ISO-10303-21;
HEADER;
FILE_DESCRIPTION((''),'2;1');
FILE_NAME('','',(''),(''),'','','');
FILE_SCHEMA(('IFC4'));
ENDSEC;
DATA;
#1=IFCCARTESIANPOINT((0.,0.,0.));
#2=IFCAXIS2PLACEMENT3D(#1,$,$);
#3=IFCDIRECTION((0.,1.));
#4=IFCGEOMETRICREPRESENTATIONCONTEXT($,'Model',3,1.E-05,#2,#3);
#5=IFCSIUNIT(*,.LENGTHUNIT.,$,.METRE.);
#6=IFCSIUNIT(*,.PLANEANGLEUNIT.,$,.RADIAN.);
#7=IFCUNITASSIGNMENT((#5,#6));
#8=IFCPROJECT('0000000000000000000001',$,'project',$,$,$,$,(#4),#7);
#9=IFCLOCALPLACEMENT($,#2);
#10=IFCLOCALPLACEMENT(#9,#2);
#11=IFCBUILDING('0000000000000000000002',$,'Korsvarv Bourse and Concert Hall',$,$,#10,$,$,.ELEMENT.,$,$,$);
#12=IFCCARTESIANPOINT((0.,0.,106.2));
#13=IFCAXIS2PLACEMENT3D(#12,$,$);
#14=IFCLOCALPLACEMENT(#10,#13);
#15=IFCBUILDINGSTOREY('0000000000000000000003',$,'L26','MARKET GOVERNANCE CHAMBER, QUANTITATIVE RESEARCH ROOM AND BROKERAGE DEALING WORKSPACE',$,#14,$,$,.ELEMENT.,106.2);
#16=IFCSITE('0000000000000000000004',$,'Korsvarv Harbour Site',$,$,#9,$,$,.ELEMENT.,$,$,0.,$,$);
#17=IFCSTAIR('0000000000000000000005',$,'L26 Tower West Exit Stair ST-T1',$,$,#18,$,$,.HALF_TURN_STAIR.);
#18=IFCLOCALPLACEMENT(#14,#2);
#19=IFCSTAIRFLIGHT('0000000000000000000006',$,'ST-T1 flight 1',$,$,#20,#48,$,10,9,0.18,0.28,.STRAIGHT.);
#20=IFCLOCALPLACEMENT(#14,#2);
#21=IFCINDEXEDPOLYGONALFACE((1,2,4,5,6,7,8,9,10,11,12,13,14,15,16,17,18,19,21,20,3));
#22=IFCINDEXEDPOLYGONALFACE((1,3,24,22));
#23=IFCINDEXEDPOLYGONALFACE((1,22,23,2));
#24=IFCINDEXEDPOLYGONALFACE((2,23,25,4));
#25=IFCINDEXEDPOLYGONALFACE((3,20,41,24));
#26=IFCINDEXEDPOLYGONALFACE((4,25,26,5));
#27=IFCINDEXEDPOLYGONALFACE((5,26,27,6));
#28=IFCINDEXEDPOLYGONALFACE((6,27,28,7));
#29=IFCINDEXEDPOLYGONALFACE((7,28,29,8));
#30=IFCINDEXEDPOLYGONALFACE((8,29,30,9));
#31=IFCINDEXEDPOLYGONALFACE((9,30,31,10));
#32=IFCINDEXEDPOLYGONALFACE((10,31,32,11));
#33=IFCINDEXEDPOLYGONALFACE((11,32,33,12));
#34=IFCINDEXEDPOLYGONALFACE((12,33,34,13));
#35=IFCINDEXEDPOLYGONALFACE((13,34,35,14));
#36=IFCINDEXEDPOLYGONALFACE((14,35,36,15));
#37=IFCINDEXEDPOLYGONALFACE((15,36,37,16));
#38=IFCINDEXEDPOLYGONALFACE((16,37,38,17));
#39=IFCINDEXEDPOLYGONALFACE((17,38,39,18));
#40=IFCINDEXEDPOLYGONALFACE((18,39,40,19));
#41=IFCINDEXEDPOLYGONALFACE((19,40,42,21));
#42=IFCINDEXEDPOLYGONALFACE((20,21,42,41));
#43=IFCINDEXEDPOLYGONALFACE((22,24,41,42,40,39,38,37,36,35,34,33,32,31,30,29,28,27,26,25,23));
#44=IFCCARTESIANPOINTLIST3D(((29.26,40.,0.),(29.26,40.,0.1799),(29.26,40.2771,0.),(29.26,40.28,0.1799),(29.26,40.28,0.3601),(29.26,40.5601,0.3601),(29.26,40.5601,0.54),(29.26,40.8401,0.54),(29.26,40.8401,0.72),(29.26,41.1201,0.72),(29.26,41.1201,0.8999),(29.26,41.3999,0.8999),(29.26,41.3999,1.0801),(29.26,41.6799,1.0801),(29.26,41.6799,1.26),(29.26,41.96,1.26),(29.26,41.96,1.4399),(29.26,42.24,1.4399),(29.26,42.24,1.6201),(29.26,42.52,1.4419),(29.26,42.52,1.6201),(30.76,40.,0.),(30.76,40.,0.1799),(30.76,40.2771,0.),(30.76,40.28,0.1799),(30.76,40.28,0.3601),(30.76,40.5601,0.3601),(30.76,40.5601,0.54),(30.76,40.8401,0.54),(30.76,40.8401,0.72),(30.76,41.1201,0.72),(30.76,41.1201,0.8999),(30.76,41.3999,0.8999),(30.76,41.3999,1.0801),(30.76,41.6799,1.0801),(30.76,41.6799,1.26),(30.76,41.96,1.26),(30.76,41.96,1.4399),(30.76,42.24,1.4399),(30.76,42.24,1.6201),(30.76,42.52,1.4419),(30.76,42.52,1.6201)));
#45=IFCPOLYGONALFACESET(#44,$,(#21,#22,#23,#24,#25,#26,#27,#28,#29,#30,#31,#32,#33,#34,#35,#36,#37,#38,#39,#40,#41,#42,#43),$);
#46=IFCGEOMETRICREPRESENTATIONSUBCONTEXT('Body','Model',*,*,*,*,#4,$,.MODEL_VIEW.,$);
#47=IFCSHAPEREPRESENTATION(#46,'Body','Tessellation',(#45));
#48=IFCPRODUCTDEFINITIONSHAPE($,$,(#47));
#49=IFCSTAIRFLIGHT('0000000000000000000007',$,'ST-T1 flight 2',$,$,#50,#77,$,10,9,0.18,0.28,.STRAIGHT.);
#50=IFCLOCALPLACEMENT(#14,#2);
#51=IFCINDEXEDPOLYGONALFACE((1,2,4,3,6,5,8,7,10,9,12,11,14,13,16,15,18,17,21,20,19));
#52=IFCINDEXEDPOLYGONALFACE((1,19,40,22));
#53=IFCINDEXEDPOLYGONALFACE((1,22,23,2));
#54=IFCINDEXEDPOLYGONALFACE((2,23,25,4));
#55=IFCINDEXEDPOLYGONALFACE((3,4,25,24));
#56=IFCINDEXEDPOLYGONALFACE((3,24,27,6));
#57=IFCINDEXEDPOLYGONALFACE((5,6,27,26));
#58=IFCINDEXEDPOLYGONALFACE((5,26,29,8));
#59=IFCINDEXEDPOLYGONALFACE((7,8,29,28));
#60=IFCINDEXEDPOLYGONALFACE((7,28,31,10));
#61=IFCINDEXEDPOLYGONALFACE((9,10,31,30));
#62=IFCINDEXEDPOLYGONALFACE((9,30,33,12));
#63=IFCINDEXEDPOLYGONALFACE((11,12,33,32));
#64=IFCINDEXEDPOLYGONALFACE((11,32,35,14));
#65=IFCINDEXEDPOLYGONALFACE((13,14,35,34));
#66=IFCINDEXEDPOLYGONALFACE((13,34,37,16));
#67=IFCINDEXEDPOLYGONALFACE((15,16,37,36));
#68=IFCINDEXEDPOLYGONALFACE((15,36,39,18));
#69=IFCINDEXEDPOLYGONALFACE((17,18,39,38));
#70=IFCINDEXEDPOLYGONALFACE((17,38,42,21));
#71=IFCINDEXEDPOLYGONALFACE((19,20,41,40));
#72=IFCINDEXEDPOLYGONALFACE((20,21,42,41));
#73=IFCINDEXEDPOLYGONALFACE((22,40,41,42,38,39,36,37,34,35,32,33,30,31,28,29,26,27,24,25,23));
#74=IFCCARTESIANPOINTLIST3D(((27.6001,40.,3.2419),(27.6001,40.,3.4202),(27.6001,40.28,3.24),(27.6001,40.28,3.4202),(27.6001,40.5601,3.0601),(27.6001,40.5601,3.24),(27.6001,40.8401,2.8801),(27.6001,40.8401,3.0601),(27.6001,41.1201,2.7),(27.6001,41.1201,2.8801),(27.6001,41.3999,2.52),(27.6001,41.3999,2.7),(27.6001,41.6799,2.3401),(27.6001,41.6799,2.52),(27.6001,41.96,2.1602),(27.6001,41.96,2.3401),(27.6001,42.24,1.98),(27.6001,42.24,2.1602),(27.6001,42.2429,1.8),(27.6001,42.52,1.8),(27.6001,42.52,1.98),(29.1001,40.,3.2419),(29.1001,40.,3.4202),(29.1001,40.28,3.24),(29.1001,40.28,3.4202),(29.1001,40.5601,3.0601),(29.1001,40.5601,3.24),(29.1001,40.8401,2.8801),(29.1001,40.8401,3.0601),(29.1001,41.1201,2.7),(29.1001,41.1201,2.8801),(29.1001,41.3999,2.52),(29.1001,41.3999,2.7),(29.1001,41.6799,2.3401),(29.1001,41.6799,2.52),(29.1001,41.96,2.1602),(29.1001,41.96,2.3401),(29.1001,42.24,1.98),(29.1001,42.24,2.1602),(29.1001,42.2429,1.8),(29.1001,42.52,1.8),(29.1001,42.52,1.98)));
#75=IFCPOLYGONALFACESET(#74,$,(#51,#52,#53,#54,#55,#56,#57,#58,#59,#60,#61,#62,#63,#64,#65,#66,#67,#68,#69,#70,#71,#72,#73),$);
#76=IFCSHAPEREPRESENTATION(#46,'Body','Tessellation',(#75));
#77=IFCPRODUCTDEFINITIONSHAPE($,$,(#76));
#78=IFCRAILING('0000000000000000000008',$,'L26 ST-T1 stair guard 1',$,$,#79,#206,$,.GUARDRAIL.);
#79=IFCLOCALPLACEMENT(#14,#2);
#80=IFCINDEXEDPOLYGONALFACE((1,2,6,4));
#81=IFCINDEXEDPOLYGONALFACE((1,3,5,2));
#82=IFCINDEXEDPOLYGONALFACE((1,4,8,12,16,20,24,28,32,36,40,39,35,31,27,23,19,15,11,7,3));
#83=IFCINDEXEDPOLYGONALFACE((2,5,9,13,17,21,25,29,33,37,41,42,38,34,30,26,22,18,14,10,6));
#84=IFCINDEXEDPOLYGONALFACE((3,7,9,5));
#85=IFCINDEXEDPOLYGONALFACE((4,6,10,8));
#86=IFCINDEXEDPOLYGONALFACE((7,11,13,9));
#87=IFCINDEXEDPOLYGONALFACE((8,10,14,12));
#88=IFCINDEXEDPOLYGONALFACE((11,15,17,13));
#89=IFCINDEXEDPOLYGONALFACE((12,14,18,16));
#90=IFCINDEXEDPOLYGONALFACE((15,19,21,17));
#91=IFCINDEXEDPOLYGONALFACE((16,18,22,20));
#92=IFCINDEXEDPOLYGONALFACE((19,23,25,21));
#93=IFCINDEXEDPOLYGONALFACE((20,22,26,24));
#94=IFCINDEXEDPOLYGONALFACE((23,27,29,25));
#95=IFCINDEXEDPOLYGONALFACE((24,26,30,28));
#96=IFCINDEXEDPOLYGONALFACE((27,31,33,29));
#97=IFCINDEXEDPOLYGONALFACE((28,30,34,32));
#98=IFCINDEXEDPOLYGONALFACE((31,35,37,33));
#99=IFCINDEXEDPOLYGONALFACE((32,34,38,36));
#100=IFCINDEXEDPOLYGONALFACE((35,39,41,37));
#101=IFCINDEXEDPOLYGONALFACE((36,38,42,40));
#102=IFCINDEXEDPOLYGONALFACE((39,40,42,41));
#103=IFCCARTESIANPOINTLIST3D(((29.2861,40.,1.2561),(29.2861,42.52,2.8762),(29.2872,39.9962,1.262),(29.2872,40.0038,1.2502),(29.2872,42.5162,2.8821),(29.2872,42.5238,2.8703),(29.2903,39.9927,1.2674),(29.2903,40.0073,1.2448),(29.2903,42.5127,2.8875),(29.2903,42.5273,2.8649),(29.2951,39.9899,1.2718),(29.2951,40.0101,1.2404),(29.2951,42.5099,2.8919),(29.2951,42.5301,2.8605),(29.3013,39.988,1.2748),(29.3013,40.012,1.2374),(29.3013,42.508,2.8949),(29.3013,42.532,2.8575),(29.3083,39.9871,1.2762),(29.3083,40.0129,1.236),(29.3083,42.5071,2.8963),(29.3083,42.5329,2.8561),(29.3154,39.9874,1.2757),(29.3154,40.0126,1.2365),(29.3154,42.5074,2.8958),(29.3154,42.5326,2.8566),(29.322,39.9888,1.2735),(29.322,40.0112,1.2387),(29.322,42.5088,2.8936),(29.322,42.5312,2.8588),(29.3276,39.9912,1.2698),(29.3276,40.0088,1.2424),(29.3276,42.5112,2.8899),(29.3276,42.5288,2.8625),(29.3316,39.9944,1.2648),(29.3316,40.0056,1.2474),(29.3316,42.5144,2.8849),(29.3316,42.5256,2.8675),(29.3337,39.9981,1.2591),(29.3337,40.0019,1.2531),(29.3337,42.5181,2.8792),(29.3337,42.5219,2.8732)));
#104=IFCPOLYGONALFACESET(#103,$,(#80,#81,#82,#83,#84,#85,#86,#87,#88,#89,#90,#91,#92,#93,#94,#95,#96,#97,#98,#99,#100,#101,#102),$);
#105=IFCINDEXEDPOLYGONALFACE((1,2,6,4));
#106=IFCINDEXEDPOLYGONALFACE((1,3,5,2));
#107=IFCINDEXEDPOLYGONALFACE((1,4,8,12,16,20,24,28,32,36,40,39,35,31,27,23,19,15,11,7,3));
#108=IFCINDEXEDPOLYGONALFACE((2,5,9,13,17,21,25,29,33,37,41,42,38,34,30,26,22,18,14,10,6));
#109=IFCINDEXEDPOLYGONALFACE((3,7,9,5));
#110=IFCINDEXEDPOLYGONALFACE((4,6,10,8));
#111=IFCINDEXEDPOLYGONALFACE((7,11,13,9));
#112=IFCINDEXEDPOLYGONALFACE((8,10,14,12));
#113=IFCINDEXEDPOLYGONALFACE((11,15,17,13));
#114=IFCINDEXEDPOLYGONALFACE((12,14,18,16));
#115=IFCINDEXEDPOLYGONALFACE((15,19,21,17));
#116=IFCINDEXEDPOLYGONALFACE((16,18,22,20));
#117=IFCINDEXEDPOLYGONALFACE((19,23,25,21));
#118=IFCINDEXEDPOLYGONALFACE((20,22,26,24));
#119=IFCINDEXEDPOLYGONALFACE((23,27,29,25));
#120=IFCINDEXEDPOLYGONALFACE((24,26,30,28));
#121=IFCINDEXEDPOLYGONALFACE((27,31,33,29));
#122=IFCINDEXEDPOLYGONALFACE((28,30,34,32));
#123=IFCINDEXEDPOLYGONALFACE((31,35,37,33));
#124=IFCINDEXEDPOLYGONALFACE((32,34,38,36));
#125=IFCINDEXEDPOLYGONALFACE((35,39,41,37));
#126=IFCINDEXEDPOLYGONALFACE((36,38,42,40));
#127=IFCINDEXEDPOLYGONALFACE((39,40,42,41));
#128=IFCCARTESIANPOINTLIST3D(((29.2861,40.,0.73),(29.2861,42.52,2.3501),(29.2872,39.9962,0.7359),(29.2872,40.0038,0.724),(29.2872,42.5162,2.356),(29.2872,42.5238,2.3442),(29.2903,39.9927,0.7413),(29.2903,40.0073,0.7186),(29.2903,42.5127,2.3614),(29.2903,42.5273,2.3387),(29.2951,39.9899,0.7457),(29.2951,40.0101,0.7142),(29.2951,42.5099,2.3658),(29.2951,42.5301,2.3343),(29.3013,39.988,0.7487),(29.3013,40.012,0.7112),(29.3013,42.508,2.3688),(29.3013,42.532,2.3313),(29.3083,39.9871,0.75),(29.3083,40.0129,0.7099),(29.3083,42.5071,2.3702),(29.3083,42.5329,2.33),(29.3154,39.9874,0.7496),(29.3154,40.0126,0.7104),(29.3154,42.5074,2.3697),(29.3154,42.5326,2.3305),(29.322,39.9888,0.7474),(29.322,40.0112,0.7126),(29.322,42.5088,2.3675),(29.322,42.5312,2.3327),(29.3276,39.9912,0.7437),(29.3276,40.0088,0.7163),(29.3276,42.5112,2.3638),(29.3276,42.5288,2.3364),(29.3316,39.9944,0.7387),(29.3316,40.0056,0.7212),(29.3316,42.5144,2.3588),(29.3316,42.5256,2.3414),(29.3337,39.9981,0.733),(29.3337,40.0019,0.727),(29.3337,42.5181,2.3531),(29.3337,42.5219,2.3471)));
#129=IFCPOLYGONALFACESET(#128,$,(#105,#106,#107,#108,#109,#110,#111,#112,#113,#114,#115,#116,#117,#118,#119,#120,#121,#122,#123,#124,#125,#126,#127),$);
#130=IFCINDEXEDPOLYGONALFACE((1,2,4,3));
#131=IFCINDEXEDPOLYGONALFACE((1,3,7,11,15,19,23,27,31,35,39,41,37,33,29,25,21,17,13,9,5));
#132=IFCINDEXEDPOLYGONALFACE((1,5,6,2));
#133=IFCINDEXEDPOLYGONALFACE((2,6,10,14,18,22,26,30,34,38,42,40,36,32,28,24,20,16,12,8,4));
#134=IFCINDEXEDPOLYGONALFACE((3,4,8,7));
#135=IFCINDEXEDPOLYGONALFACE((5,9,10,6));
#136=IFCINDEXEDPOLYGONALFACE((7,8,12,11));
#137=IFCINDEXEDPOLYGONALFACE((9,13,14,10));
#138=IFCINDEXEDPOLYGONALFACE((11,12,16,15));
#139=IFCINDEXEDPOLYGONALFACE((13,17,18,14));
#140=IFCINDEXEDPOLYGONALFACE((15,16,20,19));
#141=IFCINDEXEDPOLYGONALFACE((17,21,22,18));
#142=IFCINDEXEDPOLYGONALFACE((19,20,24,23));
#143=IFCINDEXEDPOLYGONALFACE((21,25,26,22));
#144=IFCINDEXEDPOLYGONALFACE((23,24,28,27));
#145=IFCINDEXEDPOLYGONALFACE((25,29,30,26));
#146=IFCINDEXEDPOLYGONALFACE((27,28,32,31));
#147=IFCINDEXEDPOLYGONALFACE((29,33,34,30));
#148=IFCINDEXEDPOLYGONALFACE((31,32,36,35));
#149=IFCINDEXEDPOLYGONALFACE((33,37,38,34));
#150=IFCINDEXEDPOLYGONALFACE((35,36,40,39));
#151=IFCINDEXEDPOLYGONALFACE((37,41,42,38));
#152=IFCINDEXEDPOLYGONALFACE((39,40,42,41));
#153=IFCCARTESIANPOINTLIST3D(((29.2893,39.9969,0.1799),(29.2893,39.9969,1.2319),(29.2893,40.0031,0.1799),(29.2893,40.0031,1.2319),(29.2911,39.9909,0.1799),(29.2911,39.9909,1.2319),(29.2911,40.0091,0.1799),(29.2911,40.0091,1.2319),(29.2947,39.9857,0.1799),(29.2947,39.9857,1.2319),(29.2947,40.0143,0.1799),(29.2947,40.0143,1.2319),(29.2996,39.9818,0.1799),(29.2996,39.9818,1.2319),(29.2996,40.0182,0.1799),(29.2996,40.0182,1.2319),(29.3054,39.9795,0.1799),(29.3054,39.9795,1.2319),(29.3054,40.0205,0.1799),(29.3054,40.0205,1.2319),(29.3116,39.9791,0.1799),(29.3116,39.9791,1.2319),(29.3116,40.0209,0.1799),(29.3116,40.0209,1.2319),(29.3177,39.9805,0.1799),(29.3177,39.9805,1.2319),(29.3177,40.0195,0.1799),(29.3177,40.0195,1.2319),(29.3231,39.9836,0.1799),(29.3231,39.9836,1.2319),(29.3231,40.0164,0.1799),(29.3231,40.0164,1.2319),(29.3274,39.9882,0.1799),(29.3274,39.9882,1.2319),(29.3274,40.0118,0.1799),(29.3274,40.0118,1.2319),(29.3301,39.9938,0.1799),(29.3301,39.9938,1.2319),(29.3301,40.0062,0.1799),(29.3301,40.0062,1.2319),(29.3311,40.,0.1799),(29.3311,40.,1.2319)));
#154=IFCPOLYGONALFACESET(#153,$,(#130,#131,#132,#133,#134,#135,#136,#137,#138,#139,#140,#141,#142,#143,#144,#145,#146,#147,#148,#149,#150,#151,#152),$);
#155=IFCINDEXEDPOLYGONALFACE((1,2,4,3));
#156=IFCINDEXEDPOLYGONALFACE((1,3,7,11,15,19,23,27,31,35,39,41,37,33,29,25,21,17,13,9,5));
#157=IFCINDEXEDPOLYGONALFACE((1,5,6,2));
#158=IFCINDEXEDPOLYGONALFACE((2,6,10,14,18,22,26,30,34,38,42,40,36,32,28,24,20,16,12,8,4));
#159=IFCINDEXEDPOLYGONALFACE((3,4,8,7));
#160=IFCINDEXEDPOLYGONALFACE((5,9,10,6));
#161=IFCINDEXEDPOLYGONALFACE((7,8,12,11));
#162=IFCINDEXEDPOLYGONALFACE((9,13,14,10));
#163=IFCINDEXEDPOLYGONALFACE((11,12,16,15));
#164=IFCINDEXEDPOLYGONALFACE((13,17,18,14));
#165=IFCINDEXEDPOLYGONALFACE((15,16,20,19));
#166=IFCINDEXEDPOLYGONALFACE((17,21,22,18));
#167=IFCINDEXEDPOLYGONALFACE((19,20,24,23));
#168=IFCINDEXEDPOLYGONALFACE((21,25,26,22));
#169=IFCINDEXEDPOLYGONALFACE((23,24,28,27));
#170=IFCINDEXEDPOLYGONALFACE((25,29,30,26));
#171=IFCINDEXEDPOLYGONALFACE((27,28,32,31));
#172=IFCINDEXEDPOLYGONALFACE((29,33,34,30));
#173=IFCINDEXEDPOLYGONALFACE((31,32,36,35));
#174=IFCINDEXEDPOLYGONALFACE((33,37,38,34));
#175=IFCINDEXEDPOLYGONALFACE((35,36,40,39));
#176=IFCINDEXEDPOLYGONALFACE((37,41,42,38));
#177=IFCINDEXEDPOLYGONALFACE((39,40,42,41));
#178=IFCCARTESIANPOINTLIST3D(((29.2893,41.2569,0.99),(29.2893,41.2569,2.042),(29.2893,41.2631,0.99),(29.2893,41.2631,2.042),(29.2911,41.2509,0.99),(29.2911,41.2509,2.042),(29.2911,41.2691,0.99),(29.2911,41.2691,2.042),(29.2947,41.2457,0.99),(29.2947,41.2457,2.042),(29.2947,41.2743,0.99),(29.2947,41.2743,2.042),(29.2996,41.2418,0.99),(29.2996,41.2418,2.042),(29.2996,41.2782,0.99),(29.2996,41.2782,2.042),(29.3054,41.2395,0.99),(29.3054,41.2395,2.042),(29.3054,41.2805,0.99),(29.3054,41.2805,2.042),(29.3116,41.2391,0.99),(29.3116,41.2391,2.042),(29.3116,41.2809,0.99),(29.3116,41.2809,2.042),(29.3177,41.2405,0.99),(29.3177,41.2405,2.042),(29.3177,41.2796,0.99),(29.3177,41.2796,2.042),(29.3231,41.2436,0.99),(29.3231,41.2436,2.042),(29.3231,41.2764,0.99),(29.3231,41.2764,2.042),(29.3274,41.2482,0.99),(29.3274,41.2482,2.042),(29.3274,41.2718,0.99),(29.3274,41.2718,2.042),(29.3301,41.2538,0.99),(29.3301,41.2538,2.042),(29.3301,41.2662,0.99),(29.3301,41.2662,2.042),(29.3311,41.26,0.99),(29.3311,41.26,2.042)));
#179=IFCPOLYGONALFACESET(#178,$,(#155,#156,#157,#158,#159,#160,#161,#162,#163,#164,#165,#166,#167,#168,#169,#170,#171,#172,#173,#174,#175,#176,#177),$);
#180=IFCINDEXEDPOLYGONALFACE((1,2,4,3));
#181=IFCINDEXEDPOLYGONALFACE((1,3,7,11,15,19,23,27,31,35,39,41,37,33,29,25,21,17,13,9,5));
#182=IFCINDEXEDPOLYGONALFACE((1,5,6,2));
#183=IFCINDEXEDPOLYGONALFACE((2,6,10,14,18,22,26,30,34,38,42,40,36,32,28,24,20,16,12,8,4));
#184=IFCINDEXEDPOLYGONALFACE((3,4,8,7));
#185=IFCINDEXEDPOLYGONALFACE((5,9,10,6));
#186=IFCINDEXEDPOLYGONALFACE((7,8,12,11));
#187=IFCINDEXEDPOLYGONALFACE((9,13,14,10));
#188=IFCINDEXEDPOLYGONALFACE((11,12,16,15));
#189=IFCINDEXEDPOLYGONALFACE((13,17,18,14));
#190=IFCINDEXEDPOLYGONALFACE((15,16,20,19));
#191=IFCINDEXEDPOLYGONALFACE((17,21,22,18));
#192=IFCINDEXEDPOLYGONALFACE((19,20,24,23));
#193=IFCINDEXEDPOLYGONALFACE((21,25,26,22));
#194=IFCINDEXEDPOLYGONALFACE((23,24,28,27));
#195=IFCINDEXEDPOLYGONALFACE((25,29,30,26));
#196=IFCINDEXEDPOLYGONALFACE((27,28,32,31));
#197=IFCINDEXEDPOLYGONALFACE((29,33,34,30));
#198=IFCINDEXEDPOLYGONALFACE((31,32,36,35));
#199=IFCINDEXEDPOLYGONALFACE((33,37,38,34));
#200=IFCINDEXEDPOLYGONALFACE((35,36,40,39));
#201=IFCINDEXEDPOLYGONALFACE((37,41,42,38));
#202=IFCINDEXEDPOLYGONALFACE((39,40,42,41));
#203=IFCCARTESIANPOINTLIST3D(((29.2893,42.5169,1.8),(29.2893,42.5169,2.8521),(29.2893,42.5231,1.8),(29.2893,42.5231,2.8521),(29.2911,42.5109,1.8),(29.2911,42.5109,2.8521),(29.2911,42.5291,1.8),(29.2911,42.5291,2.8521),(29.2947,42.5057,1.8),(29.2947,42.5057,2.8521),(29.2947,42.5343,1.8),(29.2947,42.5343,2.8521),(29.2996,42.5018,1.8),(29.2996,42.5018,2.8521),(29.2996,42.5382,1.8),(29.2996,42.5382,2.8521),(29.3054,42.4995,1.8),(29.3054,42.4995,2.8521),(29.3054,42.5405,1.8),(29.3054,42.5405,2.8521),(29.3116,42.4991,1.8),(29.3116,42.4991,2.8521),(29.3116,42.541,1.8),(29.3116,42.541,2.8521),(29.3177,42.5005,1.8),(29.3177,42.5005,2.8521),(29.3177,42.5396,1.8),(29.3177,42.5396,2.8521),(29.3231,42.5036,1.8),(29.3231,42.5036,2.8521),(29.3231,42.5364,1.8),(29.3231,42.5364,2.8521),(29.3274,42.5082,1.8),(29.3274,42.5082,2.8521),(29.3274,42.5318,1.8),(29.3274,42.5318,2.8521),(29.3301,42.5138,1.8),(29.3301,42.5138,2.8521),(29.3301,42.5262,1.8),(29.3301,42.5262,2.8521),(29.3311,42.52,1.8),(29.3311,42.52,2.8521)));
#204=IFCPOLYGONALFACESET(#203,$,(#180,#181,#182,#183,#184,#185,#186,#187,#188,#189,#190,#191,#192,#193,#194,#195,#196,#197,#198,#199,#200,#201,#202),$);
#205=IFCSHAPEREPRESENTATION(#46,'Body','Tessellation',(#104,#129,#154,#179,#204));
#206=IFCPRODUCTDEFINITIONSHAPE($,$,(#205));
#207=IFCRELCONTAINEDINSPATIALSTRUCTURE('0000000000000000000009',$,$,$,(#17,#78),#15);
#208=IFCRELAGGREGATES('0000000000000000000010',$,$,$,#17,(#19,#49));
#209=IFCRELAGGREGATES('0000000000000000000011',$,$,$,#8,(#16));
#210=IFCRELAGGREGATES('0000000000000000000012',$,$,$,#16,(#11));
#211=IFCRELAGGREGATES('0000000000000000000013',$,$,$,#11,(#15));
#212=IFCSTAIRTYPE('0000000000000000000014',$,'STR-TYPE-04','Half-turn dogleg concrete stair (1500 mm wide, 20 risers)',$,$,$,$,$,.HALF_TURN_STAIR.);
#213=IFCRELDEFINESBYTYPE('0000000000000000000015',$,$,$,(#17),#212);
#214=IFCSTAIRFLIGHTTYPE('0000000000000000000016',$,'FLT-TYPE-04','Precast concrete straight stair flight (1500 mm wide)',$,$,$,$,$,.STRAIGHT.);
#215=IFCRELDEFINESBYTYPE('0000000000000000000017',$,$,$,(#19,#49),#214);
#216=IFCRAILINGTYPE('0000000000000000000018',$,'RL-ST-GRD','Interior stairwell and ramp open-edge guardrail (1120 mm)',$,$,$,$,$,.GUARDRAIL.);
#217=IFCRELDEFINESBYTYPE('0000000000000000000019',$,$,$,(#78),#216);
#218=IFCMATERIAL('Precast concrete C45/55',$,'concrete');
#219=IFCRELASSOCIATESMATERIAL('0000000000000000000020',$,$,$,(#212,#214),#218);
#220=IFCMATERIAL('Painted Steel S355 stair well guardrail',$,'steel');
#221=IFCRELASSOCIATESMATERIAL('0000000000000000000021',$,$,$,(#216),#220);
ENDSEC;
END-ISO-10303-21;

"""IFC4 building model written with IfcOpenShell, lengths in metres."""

from ifc_helpers import new_model, si_unit, direction, frame, origin, origin_2d, place, context, subcontext, project, spatial, polyline, circle, outline, extrude, material, type_object, element, aggregate, save


model = new_model("IFC4")

# Units and contexts
model_context = context("Model", 3, precision=1e-05, world=origin(), true_north=direction((0.0, 1.0)))
body_context = subcontext(model_context, "Body", "Model", "MODEL_VIEW")
ifc_project = project(units=[si_unit("LENGTHUNIT", "METRE"), si_unit("PLANEANGLEUNIT", "RADIAN")], contexts=[model_context])

# Site, building, storey
site_placement = place(None, origin())
site = spatial("IfcSite", under=ifc_project, at=site_placement, Name="Korsvarv Harbour Site", CompositionType="ELEMENT", RefElevation=0.0)
building_placement = place(site_placement, origin())
building = spatial("IfcBuilding", under=site, at=building_placement, Name="Korsvarv Bourse and Concert Hall", CompositionType="ELEMENT")
storey_placement = place(building_placement, frame((0.0, 0.0, 106.2)))
storey = spatial("IfcBuildingStorey", under=building, at=storey_placement, Name="L26", Description="MARKET GOVERNANCE CHAMBER, QUANTITATIVE RESEARCH ROOM AND BROKERAGE DEALING WORKSPACE", CompositionType="ELEMENT", Elevation=106.2)

# Stair, stair flights
ifc_material_1 = material(Name="Precast concrete C45/55", Category="concrete")
stair_type = type_object("IfcStairType", Name="STR-TYPE-04", Description="Half-turn dogleg concrete stair (1500 mm wide, 20 risers)", PredefinedType="HALF_TURN_STAIR", material=ifc_material_1)
stair_placement = place(storey_placement, origin())
stair = element("IfcStair", 1, at=stair_placement, inside=storey, type_object=stair_type, Name="L26 Tower West Exit Stair ST-T1", PredefinedType="HALF_TURN_STAIR")
stair_flight_type = type_object("IfcStairFlightType", Name="FLT-TYPE-04", Description="Precast concrete straight stair flight (1500 mm wide)", PredefinedType="STRAIGHT", material=ifc_material_1)
stair_flight_1_placement = place(storey_placement, frame((30.01, 40.0, 0.0), z_axis=(0.0, 0.0, 1.0), x_axis=(0.0, 1.0, 0.0)))
stair_flight_1 = element("IfcStairFlight", 2, at=stair_flight_1_placement, type_object=stair_flight_type, Name="ST-T1 flight 1", NumberOfRisers=10, NumberOfTreads=9, PredefinedType="STRAIGHT", RiserHeight=0.18, TreadLength=0.28, context=body_context, shape_type="SweptSolid", body=[
    extrude(outline(polyline([(0.0, 0.0), (0.0, 0.1799), (0.28, 0.1799), (0.28, 0.3601), (0.5601, 0.3601), (0.5601, 0.54), (0.8401, 0.54), (0.8401, 0.72), (1.1201, 0.72), (1.1201, 0.8999), (1.3999, 0.8999), (1.3999, 1.0801), (1.6799, 1.0801), (1.6799, 1.26), (1.96, 1.26), (1.96, 1.4399), (2.24, 1.4399), (2.24, 1.6201), (2.52, 1.6201), (2.52, 1.8), (2.52, 1.4419), (0.2771, 0.0), (0.0, 0.0)])), frame((0.0, 0.75, 0.0), z_axis=(0.0, -1.0, 0.0), x_axis=(1.0, 0.0, 0.0)), (0.0, 0.0, 1.0), 1.5),
])
stair_flight_2_placement = place(storey_placement, frame((28.3501, 42.52, 1.8), z_axis=(0.0, 0.0, 1.0), x_axis=(0.0, -1.0, 0.0)))
stair_flight_2 = element("IfcStairFlight", 3, at=stair_flight_2_placement, type_object=stair_flight_type, Name="ST-T1 flight 2", NumberOfRisers=10, NumberOfTreads=9, PredefinedType="STRAIGHT", RiserHeight=0.18, TreadLength=0.28, context=body_context, shape_type="SweptSolid", body=[
    extrude(outline(polyline([(0.0, 0.0), (0.0, 0.1799), (0.28, 0.1799), (0.28, 0.3601), (0.5601, 0.3601), (0.5601, 0.54), (0.8401, 0.54), (0.8401, 0.72), (1.1201, 0.72), (1.1201, 0.8999), (1.3999, 0.8999), (1.3999, 1.0801), (1.6799, 1.0801), (1.6799, 1.26), (1.96, 1.26), (1.96, 1.4399), (2.24, 1.4399), (2.24, 1.6201), (2.52, 1.6201), (2.52, 1.8), (2.52, 1.4419), (0.2771, 0.0), (0.0, 0.0)])), frame((0.0, 0.75, 0.0), z_axis=(0.0, -1.0, 0.0), x_axis=(1.0, 0.0, 0.0)), (0.0, 0.0, 1.0), 1.5),
])
aggregate(stair, [stair_flight_1, stair_flight_2])

# Railing
ifc_material_2 = material(Name="Painted Steel S355 stair well guardrail", Category="steel")
railing_type_1 = type_object("IfcRailingType", Name="RL-ST-GRD", Description="Interior stairwell and ramp open-edge guardrail (1120 mm)", PredefinedType="GUARDRAIL", material=ifc_material_2)
railing_1_placement = place(storey_placement, frame((29.3101, 40.0, 0.1799)))
element("IfcRailing", 4, at=railing_1_placement, inside=storey, type_object=railing_type_1, Name="L26 ST-T1 stair guard 1", PredefinedType="GUARDRAIL", context=body_context, shape_type="SweptSolid", body=[
    extrude(circle(Radius=0.0239, at=origin_2d()), frame((0.0, 0.0, 1.0762), z_axis=(0.0, 0.841163, 0.540782), x_axis=(-1.0, 0.0, 0.0)), (0.0, 0.0, 1.0), 2.9958),
    extrude(circle(Radius=0.0239, at=origin_2d()), frame((0.0, 0.0, 0.55), z_axis=(0.0, 0.841163, 0.540782), x_axis=(-1.0, 0.0, 0.0)), (0.0, 0.0, 1.0), 2.9958),
    extrude(circle(Radius=0.021, at=origin_2d()), origin(), (0.0, 0.0, 1.0), 1.052),
    extrude(circle(Radius=0.021, at=origin_2d()), frame((0.0, 1.26, 0.8101)), (0.0, 0.0, 1.0), 1.052),
    extrude(circle(Radius=0.021, at=origin_2d()), frame((0.0, 2.52, 1.6201)), (0.0, 0.0, 1.0), 1.052),
])

save(model, "model.ifc")
